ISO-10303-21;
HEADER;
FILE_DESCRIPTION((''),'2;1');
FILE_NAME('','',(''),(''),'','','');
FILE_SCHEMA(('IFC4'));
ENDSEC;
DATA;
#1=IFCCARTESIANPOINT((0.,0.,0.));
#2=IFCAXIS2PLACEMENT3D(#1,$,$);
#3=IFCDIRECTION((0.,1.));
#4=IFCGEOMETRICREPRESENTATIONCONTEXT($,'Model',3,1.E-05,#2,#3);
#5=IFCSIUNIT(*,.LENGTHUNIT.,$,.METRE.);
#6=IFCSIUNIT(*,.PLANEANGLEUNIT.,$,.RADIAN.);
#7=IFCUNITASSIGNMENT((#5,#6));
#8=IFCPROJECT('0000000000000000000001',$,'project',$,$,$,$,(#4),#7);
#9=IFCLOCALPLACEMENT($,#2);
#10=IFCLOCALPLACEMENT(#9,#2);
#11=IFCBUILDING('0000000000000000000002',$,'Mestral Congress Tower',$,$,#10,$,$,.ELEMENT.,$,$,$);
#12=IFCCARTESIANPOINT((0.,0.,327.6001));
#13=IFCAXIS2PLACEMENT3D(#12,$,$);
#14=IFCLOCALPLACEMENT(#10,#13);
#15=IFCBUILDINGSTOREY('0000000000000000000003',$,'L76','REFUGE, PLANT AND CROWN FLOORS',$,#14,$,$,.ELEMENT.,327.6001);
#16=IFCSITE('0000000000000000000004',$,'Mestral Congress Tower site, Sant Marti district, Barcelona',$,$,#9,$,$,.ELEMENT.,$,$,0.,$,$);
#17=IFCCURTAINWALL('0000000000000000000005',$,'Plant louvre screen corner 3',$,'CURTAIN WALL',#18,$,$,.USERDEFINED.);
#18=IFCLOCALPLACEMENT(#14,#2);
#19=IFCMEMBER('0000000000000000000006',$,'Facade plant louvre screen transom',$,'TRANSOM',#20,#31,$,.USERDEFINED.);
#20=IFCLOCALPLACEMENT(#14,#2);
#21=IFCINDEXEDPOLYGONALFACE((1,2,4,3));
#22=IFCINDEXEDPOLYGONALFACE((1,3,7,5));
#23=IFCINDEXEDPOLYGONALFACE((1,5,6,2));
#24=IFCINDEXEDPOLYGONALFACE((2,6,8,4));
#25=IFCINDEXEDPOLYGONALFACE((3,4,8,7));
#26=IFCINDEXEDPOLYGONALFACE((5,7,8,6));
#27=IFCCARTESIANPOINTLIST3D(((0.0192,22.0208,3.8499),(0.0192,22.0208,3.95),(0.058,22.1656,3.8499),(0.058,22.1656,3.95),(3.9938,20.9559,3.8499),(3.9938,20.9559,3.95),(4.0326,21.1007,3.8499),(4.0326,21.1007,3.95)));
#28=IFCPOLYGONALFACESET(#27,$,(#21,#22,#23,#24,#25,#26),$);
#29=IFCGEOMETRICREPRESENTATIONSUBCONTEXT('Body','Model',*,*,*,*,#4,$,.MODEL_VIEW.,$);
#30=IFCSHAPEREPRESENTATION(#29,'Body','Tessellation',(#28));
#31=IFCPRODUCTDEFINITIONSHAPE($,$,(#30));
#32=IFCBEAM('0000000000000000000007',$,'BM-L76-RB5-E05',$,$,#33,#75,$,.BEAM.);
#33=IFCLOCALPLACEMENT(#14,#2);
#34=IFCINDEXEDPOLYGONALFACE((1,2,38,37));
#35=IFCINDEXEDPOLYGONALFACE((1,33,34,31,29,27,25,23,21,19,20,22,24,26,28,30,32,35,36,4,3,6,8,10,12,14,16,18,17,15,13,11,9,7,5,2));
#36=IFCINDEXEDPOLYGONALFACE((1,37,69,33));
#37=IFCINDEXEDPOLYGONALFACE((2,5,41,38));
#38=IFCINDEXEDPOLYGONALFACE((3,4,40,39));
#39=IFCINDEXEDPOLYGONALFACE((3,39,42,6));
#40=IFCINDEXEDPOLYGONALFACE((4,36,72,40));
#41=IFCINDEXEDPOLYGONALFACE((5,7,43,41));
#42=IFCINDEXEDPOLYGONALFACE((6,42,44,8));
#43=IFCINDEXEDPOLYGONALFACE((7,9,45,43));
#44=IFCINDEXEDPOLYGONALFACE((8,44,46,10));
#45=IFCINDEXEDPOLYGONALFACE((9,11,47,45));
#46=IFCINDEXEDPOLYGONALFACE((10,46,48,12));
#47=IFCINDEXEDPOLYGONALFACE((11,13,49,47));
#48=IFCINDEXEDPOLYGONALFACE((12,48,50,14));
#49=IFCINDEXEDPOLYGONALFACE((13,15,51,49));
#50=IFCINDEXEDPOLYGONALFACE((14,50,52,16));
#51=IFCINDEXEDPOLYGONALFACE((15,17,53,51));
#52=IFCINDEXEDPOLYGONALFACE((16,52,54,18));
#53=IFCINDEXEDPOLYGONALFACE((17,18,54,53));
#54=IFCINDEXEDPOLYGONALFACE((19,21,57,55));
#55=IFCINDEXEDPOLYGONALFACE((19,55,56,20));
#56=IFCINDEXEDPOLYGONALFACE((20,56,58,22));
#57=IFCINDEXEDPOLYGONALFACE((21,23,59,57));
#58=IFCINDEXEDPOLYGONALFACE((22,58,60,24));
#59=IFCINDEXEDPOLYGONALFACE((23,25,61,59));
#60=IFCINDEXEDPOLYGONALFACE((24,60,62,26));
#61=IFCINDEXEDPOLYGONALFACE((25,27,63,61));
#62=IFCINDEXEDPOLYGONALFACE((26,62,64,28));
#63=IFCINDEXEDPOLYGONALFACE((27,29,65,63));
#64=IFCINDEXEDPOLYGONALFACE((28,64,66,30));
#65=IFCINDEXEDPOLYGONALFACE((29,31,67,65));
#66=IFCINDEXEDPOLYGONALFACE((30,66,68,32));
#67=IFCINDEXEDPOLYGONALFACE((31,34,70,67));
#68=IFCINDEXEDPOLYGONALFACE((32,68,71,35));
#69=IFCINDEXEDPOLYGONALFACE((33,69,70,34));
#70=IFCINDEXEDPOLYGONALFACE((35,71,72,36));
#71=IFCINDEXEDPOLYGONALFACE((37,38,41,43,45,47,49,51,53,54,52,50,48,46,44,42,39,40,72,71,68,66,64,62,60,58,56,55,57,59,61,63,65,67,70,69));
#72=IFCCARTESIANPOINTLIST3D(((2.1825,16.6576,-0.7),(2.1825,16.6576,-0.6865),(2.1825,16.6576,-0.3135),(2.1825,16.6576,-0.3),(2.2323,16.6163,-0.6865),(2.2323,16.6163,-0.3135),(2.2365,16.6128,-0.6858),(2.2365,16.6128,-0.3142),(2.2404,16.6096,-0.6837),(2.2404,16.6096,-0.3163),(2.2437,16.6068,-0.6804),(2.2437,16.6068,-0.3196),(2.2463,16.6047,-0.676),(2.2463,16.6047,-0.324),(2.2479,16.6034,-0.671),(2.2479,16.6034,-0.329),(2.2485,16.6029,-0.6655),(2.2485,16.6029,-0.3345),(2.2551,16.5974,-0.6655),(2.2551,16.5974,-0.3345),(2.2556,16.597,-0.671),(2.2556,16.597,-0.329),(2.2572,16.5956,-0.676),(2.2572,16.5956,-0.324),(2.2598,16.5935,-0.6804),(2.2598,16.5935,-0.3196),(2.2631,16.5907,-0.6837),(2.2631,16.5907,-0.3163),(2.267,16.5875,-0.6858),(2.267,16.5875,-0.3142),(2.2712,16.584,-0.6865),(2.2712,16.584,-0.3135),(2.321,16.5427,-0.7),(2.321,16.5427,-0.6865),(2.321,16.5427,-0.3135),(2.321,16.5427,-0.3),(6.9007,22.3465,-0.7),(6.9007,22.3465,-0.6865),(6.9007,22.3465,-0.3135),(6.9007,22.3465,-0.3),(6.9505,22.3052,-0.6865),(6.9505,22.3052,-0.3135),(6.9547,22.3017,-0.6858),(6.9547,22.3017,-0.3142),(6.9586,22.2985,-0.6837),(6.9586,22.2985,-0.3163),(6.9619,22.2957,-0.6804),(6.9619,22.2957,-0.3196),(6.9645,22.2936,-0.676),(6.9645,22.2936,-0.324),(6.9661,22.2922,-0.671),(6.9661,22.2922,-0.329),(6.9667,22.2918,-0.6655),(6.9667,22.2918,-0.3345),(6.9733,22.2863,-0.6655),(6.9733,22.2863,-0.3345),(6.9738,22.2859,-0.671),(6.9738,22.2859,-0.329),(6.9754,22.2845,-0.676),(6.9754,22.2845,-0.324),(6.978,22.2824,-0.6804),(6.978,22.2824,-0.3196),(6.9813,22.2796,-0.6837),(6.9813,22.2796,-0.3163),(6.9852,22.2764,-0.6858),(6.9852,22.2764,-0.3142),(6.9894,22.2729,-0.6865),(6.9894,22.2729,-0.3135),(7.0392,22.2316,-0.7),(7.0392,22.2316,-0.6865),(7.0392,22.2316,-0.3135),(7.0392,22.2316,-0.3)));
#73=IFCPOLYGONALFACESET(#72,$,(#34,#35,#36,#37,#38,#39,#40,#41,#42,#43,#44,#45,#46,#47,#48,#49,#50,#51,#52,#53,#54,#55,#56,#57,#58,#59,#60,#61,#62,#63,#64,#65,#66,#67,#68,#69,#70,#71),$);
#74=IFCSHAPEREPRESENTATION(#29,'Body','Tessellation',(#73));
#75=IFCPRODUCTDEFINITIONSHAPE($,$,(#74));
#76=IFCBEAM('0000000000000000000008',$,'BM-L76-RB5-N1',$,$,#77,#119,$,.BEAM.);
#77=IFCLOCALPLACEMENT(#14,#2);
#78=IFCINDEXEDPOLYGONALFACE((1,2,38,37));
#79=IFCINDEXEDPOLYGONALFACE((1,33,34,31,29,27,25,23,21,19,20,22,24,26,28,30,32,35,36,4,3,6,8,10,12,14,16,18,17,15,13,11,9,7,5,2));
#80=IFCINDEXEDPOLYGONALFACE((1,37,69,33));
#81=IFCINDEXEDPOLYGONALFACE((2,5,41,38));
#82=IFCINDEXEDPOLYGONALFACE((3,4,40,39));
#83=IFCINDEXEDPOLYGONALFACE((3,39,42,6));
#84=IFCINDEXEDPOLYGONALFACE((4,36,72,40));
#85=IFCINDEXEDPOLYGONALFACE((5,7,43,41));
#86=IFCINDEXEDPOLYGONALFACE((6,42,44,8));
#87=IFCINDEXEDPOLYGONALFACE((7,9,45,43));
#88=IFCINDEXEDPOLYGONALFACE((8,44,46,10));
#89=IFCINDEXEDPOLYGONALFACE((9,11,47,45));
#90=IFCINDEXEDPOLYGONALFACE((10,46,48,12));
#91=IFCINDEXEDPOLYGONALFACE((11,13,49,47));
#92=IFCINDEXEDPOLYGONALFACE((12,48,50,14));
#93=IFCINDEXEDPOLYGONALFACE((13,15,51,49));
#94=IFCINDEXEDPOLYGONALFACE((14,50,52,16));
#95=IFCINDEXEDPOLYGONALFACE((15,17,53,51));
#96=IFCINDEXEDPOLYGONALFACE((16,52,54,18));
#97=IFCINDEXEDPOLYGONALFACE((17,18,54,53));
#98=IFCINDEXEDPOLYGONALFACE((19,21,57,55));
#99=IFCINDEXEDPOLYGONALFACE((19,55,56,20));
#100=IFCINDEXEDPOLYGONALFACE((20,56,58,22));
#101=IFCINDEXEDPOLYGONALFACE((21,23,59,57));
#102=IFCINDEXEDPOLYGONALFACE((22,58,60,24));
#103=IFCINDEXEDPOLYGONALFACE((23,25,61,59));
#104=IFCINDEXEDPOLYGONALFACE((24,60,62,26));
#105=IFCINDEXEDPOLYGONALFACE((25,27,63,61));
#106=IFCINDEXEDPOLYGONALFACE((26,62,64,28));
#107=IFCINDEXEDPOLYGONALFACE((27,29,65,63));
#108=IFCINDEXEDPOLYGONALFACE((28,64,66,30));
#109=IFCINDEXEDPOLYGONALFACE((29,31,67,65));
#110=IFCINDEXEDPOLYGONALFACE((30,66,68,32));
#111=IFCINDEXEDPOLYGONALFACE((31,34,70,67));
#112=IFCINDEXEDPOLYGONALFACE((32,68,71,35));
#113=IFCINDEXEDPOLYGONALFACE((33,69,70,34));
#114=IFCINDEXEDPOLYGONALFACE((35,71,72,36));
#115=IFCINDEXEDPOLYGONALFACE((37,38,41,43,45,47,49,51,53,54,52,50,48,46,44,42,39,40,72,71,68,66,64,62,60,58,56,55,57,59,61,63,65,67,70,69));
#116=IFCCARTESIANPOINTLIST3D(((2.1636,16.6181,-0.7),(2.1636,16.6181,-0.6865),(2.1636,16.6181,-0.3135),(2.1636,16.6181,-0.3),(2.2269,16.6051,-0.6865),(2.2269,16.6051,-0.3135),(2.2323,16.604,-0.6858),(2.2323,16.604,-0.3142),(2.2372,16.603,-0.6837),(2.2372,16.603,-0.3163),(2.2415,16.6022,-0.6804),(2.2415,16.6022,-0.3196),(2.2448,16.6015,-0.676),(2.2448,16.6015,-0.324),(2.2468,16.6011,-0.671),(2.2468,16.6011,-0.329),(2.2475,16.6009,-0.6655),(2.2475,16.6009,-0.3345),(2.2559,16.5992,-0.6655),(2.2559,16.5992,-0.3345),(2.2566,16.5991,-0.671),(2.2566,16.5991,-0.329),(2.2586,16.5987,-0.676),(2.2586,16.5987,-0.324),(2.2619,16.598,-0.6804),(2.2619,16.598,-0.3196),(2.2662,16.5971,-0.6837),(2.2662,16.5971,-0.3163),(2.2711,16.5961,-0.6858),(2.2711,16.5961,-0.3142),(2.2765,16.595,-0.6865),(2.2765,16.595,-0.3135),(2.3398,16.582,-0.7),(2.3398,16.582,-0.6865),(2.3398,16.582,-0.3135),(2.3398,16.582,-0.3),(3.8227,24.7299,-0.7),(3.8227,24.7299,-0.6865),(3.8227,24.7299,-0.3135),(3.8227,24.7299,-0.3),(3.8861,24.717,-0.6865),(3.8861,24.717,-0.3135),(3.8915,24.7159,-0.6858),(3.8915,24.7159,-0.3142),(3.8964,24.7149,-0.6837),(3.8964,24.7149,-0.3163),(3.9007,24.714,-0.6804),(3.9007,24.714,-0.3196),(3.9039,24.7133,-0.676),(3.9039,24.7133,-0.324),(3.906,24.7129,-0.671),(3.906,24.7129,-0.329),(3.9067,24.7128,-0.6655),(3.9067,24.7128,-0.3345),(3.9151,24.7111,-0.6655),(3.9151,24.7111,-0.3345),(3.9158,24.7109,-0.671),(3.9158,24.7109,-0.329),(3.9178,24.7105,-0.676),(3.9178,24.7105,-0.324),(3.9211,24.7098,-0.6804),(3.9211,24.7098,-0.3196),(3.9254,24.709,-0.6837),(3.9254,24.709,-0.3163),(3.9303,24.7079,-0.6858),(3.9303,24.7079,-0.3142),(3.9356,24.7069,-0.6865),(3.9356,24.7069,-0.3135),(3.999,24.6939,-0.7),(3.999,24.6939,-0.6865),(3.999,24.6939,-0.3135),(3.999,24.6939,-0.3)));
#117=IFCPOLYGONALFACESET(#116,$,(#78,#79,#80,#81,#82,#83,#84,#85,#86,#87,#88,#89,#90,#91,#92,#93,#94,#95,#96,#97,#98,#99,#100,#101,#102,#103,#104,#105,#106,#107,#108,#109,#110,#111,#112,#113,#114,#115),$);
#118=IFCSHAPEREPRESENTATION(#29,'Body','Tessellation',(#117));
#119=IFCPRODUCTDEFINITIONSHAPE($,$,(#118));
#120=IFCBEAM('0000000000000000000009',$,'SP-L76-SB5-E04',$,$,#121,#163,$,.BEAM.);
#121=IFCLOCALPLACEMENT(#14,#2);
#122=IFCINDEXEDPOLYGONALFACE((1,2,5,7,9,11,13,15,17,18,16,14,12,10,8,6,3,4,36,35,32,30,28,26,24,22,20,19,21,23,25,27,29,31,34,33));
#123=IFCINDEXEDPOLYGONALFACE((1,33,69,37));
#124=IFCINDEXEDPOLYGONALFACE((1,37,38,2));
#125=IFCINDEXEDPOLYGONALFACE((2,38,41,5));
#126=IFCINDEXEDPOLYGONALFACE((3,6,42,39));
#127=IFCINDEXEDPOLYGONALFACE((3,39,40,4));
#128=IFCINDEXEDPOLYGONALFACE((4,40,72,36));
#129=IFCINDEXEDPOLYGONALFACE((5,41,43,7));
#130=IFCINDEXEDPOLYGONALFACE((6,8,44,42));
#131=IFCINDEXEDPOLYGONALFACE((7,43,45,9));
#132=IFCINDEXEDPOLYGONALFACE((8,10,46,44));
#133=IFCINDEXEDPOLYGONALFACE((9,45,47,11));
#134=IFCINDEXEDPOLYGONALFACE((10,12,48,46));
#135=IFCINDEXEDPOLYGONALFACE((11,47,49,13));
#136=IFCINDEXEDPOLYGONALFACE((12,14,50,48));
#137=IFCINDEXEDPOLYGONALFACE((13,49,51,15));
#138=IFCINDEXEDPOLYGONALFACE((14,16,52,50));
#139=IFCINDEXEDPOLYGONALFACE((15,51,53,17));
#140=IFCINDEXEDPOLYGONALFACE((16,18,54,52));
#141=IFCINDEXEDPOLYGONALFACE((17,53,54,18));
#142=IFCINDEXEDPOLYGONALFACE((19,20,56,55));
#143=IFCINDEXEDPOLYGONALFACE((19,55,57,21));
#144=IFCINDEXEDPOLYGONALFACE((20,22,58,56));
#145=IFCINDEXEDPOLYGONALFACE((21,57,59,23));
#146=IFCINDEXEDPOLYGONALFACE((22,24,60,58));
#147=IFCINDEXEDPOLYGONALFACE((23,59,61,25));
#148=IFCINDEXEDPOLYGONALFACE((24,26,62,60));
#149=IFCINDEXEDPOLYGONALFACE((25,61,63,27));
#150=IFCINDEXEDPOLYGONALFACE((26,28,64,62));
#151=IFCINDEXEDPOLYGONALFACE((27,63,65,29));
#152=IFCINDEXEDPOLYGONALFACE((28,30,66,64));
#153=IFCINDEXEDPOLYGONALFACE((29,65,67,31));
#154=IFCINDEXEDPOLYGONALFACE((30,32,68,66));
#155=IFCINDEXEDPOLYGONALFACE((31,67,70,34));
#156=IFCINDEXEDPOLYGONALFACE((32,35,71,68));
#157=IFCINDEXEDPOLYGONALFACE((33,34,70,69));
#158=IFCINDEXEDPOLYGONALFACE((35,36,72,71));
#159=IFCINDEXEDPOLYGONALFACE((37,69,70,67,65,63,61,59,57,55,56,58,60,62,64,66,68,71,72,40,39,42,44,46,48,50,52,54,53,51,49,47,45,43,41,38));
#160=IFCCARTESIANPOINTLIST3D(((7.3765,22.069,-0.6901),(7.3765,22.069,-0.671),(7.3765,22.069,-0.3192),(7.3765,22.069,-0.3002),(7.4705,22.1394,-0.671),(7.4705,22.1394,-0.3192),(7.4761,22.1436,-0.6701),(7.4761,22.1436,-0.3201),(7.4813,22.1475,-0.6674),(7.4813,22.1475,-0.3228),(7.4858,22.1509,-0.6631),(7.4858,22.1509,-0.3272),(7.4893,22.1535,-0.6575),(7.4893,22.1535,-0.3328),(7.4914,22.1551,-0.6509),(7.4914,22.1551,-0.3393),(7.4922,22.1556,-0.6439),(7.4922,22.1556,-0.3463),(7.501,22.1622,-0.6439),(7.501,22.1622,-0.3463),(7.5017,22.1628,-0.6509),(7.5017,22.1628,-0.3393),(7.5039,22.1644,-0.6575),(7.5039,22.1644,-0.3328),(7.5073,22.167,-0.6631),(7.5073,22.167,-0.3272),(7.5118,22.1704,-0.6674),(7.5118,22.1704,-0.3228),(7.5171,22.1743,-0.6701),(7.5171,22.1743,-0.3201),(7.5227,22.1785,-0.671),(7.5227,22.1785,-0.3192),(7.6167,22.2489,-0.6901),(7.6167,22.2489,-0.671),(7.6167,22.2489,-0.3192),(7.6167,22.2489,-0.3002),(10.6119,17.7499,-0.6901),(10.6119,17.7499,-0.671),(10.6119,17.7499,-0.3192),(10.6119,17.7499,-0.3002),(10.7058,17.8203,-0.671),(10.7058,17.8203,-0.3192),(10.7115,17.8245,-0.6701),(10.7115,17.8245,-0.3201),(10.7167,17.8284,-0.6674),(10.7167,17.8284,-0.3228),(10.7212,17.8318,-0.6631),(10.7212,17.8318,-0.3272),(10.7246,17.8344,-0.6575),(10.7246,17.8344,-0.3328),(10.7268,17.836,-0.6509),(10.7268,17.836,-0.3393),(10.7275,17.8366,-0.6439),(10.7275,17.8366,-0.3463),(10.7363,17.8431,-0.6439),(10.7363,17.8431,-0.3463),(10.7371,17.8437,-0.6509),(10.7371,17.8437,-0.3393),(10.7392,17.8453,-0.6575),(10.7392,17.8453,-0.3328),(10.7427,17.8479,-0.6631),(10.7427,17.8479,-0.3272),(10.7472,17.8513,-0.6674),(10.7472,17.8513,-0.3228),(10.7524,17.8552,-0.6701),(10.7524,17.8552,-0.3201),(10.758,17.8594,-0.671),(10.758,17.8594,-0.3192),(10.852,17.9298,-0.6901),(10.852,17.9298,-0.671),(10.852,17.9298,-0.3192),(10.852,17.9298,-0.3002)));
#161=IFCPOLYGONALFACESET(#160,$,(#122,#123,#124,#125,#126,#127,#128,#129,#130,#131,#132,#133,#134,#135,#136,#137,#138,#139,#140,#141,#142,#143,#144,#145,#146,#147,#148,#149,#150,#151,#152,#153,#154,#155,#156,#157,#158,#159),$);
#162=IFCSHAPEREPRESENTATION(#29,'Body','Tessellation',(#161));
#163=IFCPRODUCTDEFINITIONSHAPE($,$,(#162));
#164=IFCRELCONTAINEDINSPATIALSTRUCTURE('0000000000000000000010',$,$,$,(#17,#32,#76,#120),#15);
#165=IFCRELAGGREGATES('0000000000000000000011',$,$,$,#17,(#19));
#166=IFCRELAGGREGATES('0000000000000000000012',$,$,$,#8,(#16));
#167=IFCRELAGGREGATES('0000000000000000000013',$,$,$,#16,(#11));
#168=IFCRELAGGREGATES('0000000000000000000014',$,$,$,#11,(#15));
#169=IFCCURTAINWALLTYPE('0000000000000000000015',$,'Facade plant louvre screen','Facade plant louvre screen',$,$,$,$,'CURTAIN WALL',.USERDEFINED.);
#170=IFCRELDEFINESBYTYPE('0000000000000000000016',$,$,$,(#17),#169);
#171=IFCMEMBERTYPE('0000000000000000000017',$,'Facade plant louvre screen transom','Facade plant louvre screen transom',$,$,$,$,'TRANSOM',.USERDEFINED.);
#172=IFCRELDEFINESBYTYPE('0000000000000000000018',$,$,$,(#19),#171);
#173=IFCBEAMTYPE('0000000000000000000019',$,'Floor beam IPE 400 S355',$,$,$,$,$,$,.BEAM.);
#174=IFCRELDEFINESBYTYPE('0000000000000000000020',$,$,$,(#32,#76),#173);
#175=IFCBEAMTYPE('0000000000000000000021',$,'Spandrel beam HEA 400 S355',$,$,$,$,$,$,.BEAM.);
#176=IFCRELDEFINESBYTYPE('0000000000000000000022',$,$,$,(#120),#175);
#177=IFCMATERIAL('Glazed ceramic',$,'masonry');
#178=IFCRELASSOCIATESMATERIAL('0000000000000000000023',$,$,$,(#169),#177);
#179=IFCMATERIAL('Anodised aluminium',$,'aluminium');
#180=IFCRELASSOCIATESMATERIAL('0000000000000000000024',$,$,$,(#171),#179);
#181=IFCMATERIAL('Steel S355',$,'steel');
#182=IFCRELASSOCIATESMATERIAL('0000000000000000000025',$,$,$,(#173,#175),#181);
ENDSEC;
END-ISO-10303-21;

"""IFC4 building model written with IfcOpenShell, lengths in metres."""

from ifc_helpers import new_model, si_unit, direction, frame, origin, origin_2d, place, context, subcontext, project, spatial, rectangle, i_section, extrude, material, material_profile, profile_set, type_object, element, aggregate, save


model = new_model("IFC4")

# Units and contexts
model_context = context("Model", 3, precision=1e-05, world=origin(), true_north=direction((0.0, 1.0)))
body_context = subcontext(model_context, "Body", "Model", "MODEL_VIEW")
ifc_project = project(units=[si_unit("LENGTHUNIT", "METRE"), si_unit("PLANEANGLEUNIT", "RADIAN")], contexts=[model_context])

# Site, building, storey
site_placement = place(None, origin())
site = spatial("IfcSite", under=ifc_project, at=site_placement, Name="Mestral Congress Tower site, Sant Marti district, Barcelona", CompositionType="ELEMENT", RefElevation=0.0)
building_placement = place(site_placement, origin())
building = spatial("IfcBuilding", under=site, at=building_placement, Name="Mestral Congress Tower", CompositionType="ELEMENT")
storey_placement = place(building_placement, frame((0.0, 0.0, 327.6001)))
storey = spatial("IfcBuildingStorey", under=building, at=storey_placement, Name="L76", Description="REFUGE, PLANT AND CROWN FLOORS", CompositionType="ELEMENT", Elevation=327.6001)

# Shared definitions
ifc_material_1 = material(Name="Steel S355", Category="steel")

# Shared definitions
ifc_material_2 = material(Name="Glazed ceramic", Category="masonry")
curtain_wall_type = type_object("IfcCurtainWallType", Name="Facade plant louvre screen", Description="Facade plant louvre screen", ElementType="CURTAIN WALL", PredefinedType="USERDEFINED", material=ifc_material_2)
placement = place(storey_placement, origin())
ifc_material_3 = material(Name="Anodised aluminium", Category="aluminium")

# Curtain wall, member
curtain_wall_1 = element("IfcCurtainWall", 1, at=placement, inside=storey, type_object=curtain_wall_type, Name="Plant louvre screen corner 3", ObjectType="CURTAIN WALL", PredefinedType="USERDEFINED")
ifc_material_profile_1 = material_profile(ifc_material_3, rectangle(XDim=0.1499, YDim=0.1001, at=origin_2d()), Name="CW6 transom 150 x 100")
ifc_profile_set_1 = profile_set([ifc_material_profile_1], Name="Anodised aluminium")
member_type_1 = type_object("IfcMemberType", Name="Facade plant louvre screen transom", Description="Facade plant louvre screen transom", ElementType="TRANSOM", PredefinedType="USERDEFINED", material=ifc_profile_set_1)
member_1_placement = place(storey_placement, frame((4.0132, 21.0283, 3.8999), z_axis=(-0.965929, 0.258807, 0.0), x_axis=(-0.258807, -0.965929, 0.0)))
member_1 = element("IfcMember", 2, at=member_1_placement, type_object=member_type_1, Name="Facade plant louvre screen transom", ObjectType="TRANSOM", PredefinedType="USERDEFINED", context=body_context, shape_type="SweptSolid", body=[
    extrude(rectangle(XDim=0.1499, YDim=0.1001, at=origin_2d()), origin(), (0.0, 0.0, 1.0), 4.1147),
])

# Beams
ifc_material_profile_2 = material_profile(ifc_material_1, i_section(OverallWidth=0.1799, OverallDepth=0.3999, WebThickness=0.0085, FlangeThickness=0.0134, FilletRadius=0.021, at=origin_2d()), Name="IPE 400")
ifc_profile_set_2 = profile_set([ifc_material_profile_2], Name="Steel S355")
beam_type_1 = type_object("IfcBeamType", Name="Floor beam IPE 400 S355", PredefinedType="BEAM", material=ifc_profile_set_2)
beam_1_placement = place(storey_placement, frame((6.97, 22.2891, -0.5), z_axis=(-0.638383, -0.769719, 0.0), x_axis=(0.769719, -0.638383, 0.0)))
element("IfcBeam", 3, at=beam_1_placement, inside=storey, type_object=beam_type_1, Name="BM-L76-RB5-E05", PredefinedType="BEAM", context=body_context, shape_type="SweptSolid", body=[
    extrude(i_section(OverallWidth=0.1799, OverallDepth=0.3999, WebThickness=0.0085, FlangeThickness=0.0134, FilletRadius=0.021, at=origin_2d()), origin(), (0.0, 0.0, 1.0), 7.3909),
])
beam_2_placement = place(storey_placement, frame((3.9109, 24.7119, -0.5), z_axis=(-0.20039, -0.979716, 0.0), x_axis=(0.979716, -0.20039, 0.0)))
element("IfcBeam", 4, at=beam_2_placement, inside=storey, type_object=beam_type_1, Name="BM-L76-RB5-N1", PredefinedType="BEAM", context=body_context, shape_type="SweptSolid", body=[
    extrude(i_section(OverallWidth=0.1799, OverallDepth=0.3999, WebThickness=0.0085, FlangeThickness=0.0134, FilletRadius=0.021, at=origin_2d()), origin(), (0.0, 0.0, 1.0), 8.2798),
])
ifc_material_profile_3 = material_profile(ifc_material_1, i_section(OverallWidth=0.3, OverallDepth=0.3899, WebThickness=0.011, FlangeThickness=0.019, FilletRadius=0.0271, at=origin_2d()), Name="HEA 400")
ifc_profile_set_3 = profile_set([ifc_material_profile_3], Name="Steel S355")
beam_type_2 = type_object("IfcBeamType", Name="Spandrel beam HEA 400 S355", PredefinedType="BEAM", material=ifc_profile_set_3)
beam_3_placement = place(storey_placement, frame((10.7319, 17.8398, -0.4951), z_axis=(-0.599529, 0.800353, 0.0), x_axis=(-0.800353, -0.599529, 0.0)))
element("IfcBeam", 5, at=beam_3_placement, inside=storey, type_object=beam_type_2, Name="SP-L76-SB5-E04", PredefinedType="BEAM", context=body_context, shape_type="SweptSolid", body=[
    extrude(i_section(OverallWidth=0.3, OverallDepth=0.3899, WebThickness=0.011, FlangeThickness=0.019, FilletRadius=0.0271, at=origin_2d()), origin(), (0.0, 0.0, 1.0), 5.3965),
])

aggregate(curtain_wall_1, [member_1])

save(model, "model.ifc")
